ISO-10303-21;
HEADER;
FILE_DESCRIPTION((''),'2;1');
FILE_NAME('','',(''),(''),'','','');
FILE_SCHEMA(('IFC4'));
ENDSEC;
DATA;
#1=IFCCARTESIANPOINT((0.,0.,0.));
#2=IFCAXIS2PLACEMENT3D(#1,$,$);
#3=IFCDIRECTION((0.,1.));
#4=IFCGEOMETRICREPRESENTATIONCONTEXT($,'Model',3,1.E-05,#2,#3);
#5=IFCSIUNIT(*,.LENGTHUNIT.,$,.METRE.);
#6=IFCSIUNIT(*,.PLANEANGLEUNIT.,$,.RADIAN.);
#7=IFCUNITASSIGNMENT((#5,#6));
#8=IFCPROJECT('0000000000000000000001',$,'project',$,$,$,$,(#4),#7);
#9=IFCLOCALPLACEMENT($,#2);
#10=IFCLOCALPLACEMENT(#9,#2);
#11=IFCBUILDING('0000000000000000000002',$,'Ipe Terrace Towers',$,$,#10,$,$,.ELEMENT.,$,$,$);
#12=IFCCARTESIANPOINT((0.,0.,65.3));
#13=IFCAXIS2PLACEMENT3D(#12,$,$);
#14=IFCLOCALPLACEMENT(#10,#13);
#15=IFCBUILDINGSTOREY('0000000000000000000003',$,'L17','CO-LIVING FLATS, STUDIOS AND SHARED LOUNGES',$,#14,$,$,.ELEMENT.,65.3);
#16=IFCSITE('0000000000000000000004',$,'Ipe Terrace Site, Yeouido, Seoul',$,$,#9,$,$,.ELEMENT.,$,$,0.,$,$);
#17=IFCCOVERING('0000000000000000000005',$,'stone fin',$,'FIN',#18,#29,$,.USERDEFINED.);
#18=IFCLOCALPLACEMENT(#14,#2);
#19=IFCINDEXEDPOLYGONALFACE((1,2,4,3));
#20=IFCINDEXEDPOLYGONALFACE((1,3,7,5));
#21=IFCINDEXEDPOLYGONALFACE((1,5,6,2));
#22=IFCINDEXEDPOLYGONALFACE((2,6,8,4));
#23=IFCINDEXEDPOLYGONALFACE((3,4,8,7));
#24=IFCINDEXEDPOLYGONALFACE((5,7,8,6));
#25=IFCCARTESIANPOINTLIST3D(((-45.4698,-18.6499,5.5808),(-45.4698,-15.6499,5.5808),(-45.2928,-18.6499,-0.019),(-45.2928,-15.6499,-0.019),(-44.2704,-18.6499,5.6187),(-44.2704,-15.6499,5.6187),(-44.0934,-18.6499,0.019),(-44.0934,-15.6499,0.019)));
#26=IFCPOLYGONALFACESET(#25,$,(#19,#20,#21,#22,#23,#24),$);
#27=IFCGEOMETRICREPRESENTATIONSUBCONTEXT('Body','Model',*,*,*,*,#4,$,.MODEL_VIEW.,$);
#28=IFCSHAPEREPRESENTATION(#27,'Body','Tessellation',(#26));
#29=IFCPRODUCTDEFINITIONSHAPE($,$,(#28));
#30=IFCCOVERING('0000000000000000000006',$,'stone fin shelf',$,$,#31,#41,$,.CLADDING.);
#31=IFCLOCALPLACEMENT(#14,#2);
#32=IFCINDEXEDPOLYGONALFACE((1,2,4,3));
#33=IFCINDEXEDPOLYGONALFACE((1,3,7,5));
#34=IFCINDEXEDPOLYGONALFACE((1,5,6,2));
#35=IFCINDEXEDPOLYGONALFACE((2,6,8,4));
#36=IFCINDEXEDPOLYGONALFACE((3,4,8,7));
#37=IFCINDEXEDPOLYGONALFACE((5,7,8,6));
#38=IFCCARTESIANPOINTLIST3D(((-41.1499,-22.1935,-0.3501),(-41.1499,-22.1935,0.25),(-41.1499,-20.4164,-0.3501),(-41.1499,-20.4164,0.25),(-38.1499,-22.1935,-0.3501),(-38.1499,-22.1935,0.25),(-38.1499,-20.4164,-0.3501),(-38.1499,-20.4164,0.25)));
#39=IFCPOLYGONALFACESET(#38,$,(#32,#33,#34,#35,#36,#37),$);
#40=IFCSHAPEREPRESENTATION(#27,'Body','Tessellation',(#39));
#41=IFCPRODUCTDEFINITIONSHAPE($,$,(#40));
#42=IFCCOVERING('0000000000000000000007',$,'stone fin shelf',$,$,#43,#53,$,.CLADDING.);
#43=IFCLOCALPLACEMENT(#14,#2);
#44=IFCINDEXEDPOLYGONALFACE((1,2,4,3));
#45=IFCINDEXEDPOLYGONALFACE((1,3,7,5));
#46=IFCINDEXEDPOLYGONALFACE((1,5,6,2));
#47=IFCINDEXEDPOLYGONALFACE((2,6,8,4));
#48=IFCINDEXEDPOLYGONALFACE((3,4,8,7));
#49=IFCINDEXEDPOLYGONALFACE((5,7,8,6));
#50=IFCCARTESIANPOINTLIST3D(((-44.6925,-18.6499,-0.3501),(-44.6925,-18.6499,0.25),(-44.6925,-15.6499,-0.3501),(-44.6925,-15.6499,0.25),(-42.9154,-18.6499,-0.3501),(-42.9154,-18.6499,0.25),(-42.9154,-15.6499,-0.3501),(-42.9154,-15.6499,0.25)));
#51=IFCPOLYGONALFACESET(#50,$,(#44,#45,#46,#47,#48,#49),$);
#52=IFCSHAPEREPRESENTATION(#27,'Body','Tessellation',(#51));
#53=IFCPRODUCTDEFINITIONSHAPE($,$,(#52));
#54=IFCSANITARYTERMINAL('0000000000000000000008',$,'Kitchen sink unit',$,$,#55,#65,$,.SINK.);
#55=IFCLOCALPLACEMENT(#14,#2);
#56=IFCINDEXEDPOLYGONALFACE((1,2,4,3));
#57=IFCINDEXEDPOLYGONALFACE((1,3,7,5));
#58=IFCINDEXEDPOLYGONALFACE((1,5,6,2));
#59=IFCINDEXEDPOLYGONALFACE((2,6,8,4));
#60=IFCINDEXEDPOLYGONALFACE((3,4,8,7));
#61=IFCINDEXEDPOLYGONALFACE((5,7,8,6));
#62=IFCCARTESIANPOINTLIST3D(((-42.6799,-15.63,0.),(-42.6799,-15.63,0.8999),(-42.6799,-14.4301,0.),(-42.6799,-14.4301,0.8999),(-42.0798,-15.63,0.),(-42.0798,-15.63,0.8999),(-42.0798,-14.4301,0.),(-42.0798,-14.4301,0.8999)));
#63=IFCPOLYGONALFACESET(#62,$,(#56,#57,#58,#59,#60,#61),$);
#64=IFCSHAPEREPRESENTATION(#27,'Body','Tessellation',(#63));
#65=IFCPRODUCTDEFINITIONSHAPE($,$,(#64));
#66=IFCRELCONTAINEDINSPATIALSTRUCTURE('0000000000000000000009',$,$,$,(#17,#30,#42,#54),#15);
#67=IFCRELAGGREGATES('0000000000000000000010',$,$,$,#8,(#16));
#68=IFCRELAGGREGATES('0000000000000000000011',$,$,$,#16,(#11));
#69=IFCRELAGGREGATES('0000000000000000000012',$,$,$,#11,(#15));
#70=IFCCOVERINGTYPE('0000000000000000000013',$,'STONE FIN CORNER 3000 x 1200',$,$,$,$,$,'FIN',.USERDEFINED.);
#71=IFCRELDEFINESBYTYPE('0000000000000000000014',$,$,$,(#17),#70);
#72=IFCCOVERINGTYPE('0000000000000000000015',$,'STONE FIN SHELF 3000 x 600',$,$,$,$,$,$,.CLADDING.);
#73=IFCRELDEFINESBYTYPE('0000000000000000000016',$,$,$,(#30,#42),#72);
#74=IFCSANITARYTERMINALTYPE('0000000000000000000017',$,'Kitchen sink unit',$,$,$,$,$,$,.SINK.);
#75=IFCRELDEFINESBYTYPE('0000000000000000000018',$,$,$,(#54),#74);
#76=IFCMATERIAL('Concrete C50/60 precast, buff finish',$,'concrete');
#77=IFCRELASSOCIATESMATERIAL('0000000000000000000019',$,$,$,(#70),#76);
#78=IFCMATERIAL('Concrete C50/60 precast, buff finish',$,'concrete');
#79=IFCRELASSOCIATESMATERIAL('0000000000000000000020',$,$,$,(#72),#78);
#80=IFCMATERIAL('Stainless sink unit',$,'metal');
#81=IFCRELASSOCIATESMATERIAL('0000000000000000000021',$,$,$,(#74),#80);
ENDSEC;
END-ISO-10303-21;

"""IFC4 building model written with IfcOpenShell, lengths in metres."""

from ifc_helpers import new_model, si_unit, direction, frame, origin, origin_2d, place, context, subcontext, project, spatial, rectangle, extrude, material, material_profile, profile_set, type_object, element, save


model = new_model("IFC4")

# Units and contexts
model_context = context("Model", 3, precision=1e-05, world=origin(), true_north=direction((0.0, 1.0)))
body_context = subcontext(model_context, "Body", "Model", "MODEL_VIEW")
ifc_project = project(units=[si_unit("LENGTHUNIT", "METRE"), si_unit("PLANEANGLEUNIT", "RADIAN")], contexts=[model_context])

# Site, building, storey
site_placement = place(None, origin())
site = spatial("IfcSite", under=ifc_project, at=site_placement, Name="Ipe Terrace Site, Yeouido, Seoul", CompositionType="ELEMENT", RefElevation=0.0)
building_placement = place(site_placement, origin())
building = spatial("IfcBuilding", under=site, at=building_placement, Name="Ipe Terrace Towers", CompositionType="ELEMENT")
storey_placement = place(building_placement, frame((0.0, 0.0, 65.3)))
storey = spatial("IfcBuildingStorey", under=building, at=storey_placement, Name="L17", Description="CO-LIVING FLATS, STUDIOS AND SHARED LOUNGES", CompositionType="ELEMENT", Elevation=65.3)

# Coverings
ifc_material_1 = material(Name="Concrete C50/60 precast, buff finish", Category="concrete")
ifc_material_profile_1 = material_profile(ifc_material_1, rectangle(XDim=3.0, YDim=1.2, at=origin_2d()), Name="STONE FIN CORNER 3000 x 1200")
ifc_profile_set_1 = profile_set([ifc_material_profile_1], Name="Concrete C50/60 precast, buff finish")
covering_type_1 = type_object("IfcCoveringType", Name="STONE FIN CORNER 3000 x 1200", ElementType="FIN", PredefinedType="USERDEFINED", material=ifc_profile_set_1)
for number, where, z_axis, x_axis, name in (
    (1, (-44.6931, -17.1499, 0.0), (-0.031593, 0.0, 0.999501), (0.0, -1.0, 0.0), "stone fin"),
):
    element("IfcCovering", number, at=place(storey_placement, frame(where, z_axis=z_axis, x_axis=x_axis)), inside=storey, type_object=covering_type_1, Name=name, ObjectType="FIN", PredefinedType="USERDEFINED", context=body_context, shape_type="SweptSolid", body=[
        extrude(rectangle(XDim=3.0, YDim=1.2, at=origin_2d()), origin(), (0.0, 0.0, 1.0), 5.6025),
    ])
ifc_material_2 = material(Name="Concrete C50/60 precast, buff finish", Category="concrete")
covering_type_2 = type_object("IfcCoveringType", Name="STONE FIN SHELF 3000 x 600", PredefinedType="CLADDING", material=ifc_material_2)
for number, where, z_axis, x_axis, name in (
    (2, (-39.6499, -21.3049, -0.3501), (0.0, 0.0, 1.0), (1.0, 0.0, 0.0), "stone fin shelf"),
    (3, (-43.804, -17.1499, -0.3501), (0.0, 0.0, 1.0), (0.0, -1.0, 0.0), "stone fin shelf"),
):
    element("IfcCovering", number, at=place(storey_placement, frame(where, z_axis=z_axis, x_axis=x_axis)), inside=storey, type_object=covering_type_2, Name=name, PredefinedType="CLADDING", context=body_context, shape_type="SweptSolid", body=[
        extrude(rectangle(XDim=3.0, YDim=1.7771, at=origin_2d()), origin(), (0.0, 0.0, 1.0), 0.6001),
    ])

# Sanitary terminal
ifc_material_3 = material(Name="Stainless sink unit", Category="metal")
sanitary_terminal_type = type_object("IfcSanitaryTerminalType", Name="Kitchen sink unit", PredefinedType="SINK", material=ifc_material_3)
sanitary_terminal_placement = place(storey_placement, frame((-42.3799, -15.03, 0.0), z_axis=(0.0, 0.0, 1.0), x_axis=(0.0, 1.0, 0.0)))
element("IfcSanitaryTerminal", 4, at=sanitary_terminal_placement, inside=storey, type_object=sanitary_terminal_type, Name="Kitchen sink unit", PredefinedType="SINK", context=body_context, shape_type="SweptSolid", body=[
    extrude(rectangle(XDim=1.2, YDim=0.6001, at=origin_2d()), origin(), (0.0, 0.0, 1.0), 0.8999),
])

save(model, "model.ifc")
